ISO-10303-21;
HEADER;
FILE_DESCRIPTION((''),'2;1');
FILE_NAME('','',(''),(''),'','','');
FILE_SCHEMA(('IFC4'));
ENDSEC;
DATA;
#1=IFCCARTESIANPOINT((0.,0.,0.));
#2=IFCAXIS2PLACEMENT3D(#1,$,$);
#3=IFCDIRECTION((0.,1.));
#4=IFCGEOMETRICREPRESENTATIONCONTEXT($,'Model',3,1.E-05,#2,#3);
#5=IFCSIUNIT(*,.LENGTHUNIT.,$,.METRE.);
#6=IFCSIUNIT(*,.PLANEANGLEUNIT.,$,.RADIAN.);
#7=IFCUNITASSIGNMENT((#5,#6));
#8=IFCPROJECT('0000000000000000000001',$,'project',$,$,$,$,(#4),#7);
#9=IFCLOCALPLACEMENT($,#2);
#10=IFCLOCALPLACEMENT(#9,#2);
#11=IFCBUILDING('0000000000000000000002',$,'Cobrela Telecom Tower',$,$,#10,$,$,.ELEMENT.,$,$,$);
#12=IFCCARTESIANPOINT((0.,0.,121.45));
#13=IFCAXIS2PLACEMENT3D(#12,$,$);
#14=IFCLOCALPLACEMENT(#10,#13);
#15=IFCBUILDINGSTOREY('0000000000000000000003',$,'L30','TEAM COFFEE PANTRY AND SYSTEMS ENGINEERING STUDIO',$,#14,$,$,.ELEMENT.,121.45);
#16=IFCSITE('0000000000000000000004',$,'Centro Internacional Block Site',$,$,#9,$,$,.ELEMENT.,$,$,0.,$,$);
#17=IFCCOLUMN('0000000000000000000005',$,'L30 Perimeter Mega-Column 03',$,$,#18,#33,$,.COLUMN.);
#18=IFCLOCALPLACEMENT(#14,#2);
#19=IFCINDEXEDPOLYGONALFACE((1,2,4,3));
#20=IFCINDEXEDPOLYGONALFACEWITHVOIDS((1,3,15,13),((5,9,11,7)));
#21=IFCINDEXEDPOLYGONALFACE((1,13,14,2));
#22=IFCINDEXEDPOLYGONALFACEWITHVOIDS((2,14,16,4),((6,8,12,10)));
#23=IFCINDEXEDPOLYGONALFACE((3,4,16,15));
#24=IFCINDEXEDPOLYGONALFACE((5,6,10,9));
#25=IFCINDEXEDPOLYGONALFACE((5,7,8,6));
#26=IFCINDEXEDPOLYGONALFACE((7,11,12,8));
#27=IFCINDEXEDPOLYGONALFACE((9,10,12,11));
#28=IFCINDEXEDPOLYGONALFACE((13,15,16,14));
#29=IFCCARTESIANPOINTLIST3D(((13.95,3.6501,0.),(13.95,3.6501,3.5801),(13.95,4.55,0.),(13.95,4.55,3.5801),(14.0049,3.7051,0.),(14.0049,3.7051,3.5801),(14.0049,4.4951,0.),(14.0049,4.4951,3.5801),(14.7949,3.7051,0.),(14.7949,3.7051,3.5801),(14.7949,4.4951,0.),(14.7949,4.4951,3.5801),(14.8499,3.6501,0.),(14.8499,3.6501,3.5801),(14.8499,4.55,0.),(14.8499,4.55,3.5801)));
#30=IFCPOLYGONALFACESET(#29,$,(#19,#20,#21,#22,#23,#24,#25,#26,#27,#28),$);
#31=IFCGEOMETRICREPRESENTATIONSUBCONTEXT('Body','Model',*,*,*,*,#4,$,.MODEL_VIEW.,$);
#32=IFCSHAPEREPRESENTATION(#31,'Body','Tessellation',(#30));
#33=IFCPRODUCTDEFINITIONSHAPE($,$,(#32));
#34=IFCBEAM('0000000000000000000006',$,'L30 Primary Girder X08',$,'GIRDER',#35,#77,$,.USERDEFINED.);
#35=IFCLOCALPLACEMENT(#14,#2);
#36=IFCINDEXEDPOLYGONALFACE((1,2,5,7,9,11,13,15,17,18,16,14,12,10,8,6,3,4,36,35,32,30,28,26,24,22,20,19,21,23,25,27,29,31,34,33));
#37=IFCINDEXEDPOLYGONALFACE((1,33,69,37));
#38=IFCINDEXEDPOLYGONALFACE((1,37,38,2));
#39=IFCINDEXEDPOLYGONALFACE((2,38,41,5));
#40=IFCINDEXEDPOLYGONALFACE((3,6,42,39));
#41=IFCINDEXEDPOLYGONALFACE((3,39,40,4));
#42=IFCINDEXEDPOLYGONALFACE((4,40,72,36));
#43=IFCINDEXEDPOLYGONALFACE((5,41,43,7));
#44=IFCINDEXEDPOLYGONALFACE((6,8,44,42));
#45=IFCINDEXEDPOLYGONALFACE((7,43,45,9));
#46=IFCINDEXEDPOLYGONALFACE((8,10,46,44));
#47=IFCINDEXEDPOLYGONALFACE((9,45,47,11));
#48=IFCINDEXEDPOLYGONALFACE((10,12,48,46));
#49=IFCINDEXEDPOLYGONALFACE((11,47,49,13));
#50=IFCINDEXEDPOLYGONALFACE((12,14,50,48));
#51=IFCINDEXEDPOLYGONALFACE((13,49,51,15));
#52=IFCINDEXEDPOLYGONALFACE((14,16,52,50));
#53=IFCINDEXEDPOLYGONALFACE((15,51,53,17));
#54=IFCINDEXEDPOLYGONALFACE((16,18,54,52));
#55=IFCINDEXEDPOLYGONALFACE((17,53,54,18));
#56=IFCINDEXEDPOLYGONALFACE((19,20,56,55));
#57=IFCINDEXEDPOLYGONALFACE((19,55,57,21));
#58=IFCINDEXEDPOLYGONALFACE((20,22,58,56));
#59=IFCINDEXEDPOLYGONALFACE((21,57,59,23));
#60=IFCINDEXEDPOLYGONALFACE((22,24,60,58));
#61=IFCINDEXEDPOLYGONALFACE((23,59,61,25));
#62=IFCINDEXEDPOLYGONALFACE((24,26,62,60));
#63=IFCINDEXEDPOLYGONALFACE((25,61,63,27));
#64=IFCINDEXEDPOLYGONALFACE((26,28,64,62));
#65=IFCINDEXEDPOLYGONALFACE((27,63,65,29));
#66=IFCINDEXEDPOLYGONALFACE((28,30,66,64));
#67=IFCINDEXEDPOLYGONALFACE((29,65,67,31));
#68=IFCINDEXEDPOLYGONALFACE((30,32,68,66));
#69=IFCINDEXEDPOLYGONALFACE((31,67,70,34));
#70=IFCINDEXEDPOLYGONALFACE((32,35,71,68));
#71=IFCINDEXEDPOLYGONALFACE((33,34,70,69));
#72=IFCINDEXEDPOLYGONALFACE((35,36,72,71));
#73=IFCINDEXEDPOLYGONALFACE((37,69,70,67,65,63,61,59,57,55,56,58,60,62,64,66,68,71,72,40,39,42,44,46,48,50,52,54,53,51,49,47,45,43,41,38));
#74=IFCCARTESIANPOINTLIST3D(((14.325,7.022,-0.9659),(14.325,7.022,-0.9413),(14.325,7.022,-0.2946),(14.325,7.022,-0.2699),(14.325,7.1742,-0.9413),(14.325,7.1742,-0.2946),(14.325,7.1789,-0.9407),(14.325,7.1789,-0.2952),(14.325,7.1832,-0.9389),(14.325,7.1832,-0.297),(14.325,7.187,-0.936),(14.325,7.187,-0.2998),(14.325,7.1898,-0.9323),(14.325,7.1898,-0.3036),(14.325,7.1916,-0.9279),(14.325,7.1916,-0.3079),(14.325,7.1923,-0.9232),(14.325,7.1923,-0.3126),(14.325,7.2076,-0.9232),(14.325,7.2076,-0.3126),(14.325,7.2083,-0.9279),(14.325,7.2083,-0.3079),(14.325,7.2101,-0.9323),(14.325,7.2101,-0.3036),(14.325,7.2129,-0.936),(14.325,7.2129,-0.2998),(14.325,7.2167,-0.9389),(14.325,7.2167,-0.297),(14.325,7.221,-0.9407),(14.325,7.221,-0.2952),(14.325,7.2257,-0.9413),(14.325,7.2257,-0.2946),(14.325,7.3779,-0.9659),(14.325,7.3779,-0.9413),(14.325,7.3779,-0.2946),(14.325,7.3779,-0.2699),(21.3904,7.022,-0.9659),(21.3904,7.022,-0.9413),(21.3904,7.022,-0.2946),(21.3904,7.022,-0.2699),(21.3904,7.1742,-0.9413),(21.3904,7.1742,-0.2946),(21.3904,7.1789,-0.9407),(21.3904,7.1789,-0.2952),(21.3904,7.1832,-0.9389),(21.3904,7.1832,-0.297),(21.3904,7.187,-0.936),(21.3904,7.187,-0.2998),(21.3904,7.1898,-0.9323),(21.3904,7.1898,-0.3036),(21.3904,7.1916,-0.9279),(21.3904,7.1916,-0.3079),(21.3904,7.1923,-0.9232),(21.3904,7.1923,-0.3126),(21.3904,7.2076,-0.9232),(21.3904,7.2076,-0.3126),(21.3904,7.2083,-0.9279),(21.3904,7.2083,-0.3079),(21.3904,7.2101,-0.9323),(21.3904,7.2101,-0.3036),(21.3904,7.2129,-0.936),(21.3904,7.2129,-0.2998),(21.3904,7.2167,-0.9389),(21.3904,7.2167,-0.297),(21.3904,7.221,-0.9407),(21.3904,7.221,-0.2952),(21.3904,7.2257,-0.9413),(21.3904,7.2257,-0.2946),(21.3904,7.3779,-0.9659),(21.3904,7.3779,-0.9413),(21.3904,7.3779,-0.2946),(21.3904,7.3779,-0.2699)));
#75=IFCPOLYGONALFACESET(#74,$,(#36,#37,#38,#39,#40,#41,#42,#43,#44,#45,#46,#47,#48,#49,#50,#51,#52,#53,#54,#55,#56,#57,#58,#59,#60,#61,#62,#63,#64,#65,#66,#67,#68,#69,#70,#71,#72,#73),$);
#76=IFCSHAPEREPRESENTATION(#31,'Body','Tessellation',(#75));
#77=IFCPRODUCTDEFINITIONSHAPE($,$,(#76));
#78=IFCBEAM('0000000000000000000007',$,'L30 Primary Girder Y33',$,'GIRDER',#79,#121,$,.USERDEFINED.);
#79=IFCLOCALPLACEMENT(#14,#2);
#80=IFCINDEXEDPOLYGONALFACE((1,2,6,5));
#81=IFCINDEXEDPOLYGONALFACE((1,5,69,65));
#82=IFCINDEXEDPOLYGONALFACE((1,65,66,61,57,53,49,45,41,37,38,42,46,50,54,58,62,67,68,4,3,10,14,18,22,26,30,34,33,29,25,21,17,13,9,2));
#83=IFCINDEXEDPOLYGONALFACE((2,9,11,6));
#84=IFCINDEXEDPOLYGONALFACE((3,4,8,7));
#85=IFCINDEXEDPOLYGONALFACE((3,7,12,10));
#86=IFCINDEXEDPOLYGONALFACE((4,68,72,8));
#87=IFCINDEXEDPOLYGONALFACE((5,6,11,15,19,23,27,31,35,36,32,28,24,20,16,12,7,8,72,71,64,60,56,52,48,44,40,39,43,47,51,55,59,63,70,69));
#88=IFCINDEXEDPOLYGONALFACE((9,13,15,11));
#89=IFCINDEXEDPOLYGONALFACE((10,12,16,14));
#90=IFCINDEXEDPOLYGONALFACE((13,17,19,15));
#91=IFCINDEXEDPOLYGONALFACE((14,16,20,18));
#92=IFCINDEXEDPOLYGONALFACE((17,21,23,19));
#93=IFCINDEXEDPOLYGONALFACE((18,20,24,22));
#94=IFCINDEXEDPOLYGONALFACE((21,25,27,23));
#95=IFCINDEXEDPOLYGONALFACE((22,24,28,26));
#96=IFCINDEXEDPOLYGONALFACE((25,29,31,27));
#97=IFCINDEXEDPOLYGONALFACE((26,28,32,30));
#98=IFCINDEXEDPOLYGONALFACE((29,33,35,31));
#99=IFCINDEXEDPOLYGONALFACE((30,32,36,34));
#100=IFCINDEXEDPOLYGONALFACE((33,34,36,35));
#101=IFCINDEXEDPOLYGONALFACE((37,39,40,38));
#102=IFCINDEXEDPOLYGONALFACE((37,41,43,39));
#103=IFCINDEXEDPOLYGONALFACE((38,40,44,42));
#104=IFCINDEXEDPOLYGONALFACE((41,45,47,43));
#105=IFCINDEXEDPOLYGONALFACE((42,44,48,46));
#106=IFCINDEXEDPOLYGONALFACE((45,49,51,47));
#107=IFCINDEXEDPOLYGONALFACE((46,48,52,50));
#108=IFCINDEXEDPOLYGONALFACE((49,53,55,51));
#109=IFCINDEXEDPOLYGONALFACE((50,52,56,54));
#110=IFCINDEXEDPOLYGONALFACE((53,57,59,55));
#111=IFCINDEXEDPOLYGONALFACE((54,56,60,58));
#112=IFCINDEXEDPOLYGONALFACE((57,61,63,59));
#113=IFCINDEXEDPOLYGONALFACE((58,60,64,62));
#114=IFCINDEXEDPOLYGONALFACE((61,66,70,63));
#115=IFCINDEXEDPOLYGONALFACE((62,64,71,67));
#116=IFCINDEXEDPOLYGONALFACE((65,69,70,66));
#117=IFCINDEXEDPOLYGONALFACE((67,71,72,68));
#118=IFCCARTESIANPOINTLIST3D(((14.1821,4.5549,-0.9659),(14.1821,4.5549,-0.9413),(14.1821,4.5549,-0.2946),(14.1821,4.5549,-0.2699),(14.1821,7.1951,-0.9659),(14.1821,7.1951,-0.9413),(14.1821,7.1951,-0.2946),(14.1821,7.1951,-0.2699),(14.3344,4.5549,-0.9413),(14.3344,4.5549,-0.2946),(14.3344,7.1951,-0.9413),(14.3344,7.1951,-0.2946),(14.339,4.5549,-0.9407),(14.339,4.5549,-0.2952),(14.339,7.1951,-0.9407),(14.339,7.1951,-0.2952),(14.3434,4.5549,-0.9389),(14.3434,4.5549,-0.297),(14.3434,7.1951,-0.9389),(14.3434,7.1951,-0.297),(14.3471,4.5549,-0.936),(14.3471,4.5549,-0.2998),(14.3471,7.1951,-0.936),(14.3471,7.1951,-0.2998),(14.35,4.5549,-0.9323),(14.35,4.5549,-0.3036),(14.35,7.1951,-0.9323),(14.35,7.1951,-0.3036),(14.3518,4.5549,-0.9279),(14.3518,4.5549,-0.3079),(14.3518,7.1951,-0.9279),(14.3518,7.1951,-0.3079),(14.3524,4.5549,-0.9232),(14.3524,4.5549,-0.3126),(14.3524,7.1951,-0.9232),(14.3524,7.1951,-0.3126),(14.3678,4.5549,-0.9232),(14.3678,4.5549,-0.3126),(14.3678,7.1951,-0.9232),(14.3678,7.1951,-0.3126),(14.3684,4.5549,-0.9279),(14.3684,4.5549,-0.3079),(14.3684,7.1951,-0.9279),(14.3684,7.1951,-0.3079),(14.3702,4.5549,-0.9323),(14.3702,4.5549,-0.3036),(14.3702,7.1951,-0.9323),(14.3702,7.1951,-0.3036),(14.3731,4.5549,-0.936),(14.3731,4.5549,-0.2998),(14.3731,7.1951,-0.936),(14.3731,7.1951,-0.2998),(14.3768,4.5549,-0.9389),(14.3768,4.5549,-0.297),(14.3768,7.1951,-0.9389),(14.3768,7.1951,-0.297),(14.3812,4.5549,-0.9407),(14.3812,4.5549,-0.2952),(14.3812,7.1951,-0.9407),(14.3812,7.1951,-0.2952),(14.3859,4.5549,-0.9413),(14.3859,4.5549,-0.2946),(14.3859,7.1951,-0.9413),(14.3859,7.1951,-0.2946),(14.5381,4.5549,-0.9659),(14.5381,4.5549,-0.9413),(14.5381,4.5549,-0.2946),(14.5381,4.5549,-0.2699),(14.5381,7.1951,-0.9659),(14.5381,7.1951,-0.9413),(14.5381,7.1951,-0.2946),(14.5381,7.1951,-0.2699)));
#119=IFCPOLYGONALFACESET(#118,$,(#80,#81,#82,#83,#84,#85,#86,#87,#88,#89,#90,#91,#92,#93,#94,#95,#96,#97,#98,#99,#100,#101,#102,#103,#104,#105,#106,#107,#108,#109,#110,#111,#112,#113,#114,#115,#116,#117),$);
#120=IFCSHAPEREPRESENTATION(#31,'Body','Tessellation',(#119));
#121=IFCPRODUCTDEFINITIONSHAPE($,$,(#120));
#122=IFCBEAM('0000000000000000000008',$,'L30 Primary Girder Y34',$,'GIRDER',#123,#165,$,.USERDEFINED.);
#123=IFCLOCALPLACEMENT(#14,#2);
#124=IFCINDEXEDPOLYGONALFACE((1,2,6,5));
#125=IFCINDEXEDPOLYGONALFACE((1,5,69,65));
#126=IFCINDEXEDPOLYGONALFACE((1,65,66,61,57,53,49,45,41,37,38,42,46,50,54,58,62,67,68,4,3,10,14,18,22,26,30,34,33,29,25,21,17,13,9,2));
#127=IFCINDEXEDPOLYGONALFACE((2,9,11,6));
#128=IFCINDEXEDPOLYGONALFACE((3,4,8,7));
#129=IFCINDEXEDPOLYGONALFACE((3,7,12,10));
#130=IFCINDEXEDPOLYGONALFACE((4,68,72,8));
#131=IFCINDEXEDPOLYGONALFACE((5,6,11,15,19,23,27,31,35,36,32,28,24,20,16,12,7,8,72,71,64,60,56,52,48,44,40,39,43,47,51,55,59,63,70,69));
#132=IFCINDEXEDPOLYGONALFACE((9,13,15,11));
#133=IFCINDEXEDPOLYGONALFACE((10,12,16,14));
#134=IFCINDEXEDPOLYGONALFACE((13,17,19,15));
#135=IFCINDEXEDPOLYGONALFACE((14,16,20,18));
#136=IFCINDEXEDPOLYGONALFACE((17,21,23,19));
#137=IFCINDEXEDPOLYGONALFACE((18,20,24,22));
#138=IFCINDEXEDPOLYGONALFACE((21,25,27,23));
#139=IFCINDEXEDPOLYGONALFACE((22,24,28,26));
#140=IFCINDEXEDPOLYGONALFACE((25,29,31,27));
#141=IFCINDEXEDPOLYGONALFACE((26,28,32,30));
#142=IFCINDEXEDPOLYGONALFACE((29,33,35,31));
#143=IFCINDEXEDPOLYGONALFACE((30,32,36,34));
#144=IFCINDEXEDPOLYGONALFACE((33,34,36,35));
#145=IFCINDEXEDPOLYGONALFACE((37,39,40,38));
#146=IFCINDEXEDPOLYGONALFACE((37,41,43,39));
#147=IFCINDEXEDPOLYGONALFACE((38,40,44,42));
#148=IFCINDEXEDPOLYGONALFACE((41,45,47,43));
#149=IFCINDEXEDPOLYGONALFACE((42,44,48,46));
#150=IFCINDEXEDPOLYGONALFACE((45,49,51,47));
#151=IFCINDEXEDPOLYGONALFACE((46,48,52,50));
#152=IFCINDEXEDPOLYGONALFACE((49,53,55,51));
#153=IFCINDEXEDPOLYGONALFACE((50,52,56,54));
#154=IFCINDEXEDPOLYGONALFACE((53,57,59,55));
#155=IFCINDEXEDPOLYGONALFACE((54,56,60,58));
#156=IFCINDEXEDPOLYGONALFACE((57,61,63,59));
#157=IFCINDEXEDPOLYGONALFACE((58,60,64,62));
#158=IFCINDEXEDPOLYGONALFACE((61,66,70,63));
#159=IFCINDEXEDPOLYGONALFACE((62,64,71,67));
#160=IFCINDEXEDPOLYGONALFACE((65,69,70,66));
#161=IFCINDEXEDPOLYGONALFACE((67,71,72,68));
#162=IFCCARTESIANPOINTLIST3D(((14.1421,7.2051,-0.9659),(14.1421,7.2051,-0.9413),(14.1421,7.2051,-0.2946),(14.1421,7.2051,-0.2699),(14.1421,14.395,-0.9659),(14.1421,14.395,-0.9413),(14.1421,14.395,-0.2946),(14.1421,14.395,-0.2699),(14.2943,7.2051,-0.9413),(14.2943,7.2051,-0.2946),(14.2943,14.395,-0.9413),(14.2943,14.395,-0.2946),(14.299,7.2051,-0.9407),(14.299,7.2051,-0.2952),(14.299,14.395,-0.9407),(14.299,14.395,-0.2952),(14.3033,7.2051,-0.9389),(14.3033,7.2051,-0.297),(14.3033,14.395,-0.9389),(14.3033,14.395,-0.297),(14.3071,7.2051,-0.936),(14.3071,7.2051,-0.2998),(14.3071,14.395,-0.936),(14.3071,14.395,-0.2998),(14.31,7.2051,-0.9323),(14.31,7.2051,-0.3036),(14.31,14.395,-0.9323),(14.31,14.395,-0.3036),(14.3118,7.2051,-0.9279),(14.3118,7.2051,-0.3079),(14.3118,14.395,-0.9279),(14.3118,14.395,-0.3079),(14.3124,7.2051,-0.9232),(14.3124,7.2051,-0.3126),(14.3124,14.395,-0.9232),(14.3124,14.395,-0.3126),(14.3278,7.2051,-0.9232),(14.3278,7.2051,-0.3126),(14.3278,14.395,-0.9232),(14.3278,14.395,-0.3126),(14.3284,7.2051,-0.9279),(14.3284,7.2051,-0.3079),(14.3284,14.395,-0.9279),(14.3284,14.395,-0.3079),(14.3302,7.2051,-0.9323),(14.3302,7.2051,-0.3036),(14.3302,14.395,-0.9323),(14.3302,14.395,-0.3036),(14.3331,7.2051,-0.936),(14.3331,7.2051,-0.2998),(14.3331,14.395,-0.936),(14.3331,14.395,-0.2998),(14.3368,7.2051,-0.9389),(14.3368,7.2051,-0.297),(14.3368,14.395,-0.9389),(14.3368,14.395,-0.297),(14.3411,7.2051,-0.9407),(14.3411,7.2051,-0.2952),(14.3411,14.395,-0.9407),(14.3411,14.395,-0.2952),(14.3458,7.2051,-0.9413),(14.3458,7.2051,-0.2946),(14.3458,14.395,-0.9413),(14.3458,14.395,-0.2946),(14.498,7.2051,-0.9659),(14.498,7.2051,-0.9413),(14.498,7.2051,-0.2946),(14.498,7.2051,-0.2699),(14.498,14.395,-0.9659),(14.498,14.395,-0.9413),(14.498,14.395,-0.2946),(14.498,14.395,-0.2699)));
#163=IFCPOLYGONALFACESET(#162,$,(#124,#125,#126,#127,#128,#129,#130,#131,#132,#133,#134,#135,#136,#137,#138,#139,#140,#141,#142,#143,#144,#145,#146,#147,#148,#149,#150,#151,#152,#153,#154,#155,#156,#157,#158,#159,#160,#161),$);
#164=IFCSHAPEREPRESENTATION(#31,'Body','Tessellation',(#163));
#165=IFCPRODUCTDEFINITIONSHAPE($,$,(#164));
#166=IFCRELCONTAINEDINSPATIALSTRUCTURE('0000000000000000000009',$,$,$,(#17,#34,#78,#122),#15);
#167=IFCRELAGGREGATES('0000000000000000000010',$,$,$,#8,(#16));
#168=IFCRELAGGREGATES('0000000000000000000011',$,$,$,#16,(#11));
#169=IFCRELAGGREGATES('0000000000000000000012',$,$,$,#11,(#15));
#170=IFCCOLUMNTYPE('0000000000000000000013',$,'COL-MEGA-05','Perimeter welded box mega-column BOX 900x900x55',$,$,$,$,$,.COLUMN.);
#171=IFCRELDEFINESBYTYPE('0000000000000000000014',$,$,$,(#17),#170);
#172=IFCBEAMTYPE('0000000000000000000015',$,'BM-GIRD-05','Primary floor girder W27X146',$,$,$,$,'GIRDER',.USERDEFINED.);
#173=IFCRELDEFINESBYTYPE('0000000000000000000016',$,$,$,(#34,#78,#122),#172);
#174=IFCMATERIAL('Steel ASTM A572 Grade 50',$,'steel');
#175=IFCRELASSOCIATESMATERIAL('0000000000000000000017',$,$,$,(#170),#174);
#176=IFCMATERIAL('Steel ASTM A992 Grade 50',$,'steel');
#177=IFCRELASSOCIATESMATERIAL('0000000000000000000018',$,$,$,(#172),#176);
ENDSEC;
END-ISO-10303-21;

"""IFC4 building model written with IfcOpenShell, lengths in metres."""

from ifc_helpers import new_model, si_unit, direction, frame, origin, origin_2d, place, context, subcontext, project, spatial, hollow_rectangle, i_section, extrude, material, material_profile, profile_set, type_object, element, save


model = new_model("IFC4")

# Units and contexts
model_context = context("Model", 3, precision=1e-05, world=origin(), true_north=direction((0.0, 1.0)))
body_context = subcontext(model_context, "Body", "Model", "MODEL_VIEW")
ifc_project = project(units=[si_unit("LENGTHUNIT", "METRE"), si_unit("PLANEANGLEUNIT", "RADIAN")], contexts=[model_context])

# Site, building, storey
site_placement = place(None, origin())
site = spatial("IfcSite", under=ifc_project, at=site_placement, Name="Centro Internacional Block Site", CompositionType="ELEMENT", RefElevation=0.0)
building_placement = place(site_placement, origin())
building = spatial("IfcBuilding", under=site, at=building_placement, Name="Cobrela Telecom Tower", CompositionType="ELEMENT")
storey_placement = place(building_placement, frame((0.0, 0.0, 121.45)))
storey = spatial("IfcBuildingStorey", under=building, at=storey_placement, Name="L30", Description="TEAM COFFEE PANTRY AND SYSTEMS ENGINEERING STUDIO", CompositionType="ELEMENT", Elevation=121.45)

# Column
ifc_material_1 = material(Name="Steel ASTM A572 Grade 50", Category="steel")
ifc_material_profile_1 = material_profile(ifc_material_1, hollow_rectangle(XDim=0.8999, YDim=0.8999, WallThickness=0.0549, at=origin_2d()), Name="BOX 900x900x55")
ifc_profile_set_1 = profile_set([ifc_material_profile_1], Name="Steel ASTM A572 Grade 50")
column_type = type_object("IfcColumnType", Name="COL-MEGA-05", Description="Perimeter welded box mega-column BOX 900x900x55", PredefinedType="COLUMN", material=ifc_profile_set_1)
column_placement = place(storey_placement, frame((14.3999, 4.1001, 0.0), z_axis=(0.0, 0.0, 1.0), x_axis=(1.0, 0.0, 0.0)))
element("IfcColumn", 1, at=column_placement, inside=storey, type_object=column_type, Name="L30 Perimeter Mega-Column 03", PredefinedType="COLUMN", context=body_context, shape_type="SweptSolid", body=[
    extrude(hollow_rectangle(XDim=0.8999, YDim=0.8999, WallThickness=0.0549, at=origin_2d()), origin(), (0.0, 0.0, 1.0), 3.5801),
])

# Beams
ifc_material_2 = material(Name="Steel ASTM A992 Grade 50", Category="steel")
ifc_material_profile_2 = material_profile(ifc_material_2, i_section(OverallWidth=0.356, OverallDepth=0.696, WebThickness=0.0154, FlangeThickness=0.0247, FilletRadius=0.0181, at=origin_2d()), Name="W27X146")
ifc_profile_set_2 = profile_set([ifc_material_profile_2], Name="Steel ASTM A992 Grade 50")
beam_type_1 = type_object("IfcBeamType", Name="BM-GIRD-05", Description="Primary floor girder W27X146", ElementType="GIRDER", PredefinedType="USERDEFINED", material=ifc_profile_set_2)
beam_1_placement = place(storey_placement, frame((14.325, 7.2, -0.6179), z_axis=(1.0, 0.0, 0.0), x_axis=(0.0, 1.0, 0.0)))
element("IfcBeam", 2, at=beam_1_placement, inside=storey, type_object=beam_type_1, Name="L30 Primary Girder X08", ObjectType="GIRDER", PredefinedType="USERDEFINED", context=body_context, shape_type="SweptSolid", body=[
    extrude(i_section(OverallWidth=0.356, OverallDepth=0.696, WebThickness=0.0154, FlangeThickness=0.0247, FilletRadius=0.0181, at=origin_2d()), origin(), (0.0, 0.0, 1.0), 7.0654),
])
beam_2_placement = place(storey_placement, frame((14.3601, 4.5549, -0.6179), z_axis=(0.0, 1.0, 0.0), x_axis=(-1.0, 0.0, 0.0)))
element("IfcBeam", 3, at=beam_2_placement, inside=storey, type_object=beam_type_1, Name="L30 Primary Girder Y33", ObjectType="GIRDER", PredefinedType="USERDEFINED", context=body_context, shape_type="SweptSolid", body=[
    extrude(i_section(OverallWidth=0.356, OverallDepth=0.696, WebThickness=0.0154, FlangeThickness=0.0247, FilletRadius=0.0181, at=origin_2d()), origin(), (0.0, 0.0, 1.0), 2.6401),
])
beam_3_placement = place(storey_placement, frame((14.3201, 7.2051, -0.6179), z_axis=(0.0, 1.0, 0.0), x_axis=(-1.0, 0.0, 0.0)))
element("IfcBeam", 4, at=beam_3_placement, inside=storey, type_object=beam_type_1, Name="L30 Primary Girder Y34", ObjectType="GIRDER", PredefinedType="USERDEFINED", context=body_context, shape_type="SweptSolid", body=[
    extrude(i_section(OverallWidth=0.356, OverallDepth=0.696, WebThickness=0.0154, FlangeThickness=0.0247, FilletRadius=0.0181, at=origin_2d()), origin(), (0.0, 0.0, 1.0), 7.1899),
])

save(model, "model.ifc")
